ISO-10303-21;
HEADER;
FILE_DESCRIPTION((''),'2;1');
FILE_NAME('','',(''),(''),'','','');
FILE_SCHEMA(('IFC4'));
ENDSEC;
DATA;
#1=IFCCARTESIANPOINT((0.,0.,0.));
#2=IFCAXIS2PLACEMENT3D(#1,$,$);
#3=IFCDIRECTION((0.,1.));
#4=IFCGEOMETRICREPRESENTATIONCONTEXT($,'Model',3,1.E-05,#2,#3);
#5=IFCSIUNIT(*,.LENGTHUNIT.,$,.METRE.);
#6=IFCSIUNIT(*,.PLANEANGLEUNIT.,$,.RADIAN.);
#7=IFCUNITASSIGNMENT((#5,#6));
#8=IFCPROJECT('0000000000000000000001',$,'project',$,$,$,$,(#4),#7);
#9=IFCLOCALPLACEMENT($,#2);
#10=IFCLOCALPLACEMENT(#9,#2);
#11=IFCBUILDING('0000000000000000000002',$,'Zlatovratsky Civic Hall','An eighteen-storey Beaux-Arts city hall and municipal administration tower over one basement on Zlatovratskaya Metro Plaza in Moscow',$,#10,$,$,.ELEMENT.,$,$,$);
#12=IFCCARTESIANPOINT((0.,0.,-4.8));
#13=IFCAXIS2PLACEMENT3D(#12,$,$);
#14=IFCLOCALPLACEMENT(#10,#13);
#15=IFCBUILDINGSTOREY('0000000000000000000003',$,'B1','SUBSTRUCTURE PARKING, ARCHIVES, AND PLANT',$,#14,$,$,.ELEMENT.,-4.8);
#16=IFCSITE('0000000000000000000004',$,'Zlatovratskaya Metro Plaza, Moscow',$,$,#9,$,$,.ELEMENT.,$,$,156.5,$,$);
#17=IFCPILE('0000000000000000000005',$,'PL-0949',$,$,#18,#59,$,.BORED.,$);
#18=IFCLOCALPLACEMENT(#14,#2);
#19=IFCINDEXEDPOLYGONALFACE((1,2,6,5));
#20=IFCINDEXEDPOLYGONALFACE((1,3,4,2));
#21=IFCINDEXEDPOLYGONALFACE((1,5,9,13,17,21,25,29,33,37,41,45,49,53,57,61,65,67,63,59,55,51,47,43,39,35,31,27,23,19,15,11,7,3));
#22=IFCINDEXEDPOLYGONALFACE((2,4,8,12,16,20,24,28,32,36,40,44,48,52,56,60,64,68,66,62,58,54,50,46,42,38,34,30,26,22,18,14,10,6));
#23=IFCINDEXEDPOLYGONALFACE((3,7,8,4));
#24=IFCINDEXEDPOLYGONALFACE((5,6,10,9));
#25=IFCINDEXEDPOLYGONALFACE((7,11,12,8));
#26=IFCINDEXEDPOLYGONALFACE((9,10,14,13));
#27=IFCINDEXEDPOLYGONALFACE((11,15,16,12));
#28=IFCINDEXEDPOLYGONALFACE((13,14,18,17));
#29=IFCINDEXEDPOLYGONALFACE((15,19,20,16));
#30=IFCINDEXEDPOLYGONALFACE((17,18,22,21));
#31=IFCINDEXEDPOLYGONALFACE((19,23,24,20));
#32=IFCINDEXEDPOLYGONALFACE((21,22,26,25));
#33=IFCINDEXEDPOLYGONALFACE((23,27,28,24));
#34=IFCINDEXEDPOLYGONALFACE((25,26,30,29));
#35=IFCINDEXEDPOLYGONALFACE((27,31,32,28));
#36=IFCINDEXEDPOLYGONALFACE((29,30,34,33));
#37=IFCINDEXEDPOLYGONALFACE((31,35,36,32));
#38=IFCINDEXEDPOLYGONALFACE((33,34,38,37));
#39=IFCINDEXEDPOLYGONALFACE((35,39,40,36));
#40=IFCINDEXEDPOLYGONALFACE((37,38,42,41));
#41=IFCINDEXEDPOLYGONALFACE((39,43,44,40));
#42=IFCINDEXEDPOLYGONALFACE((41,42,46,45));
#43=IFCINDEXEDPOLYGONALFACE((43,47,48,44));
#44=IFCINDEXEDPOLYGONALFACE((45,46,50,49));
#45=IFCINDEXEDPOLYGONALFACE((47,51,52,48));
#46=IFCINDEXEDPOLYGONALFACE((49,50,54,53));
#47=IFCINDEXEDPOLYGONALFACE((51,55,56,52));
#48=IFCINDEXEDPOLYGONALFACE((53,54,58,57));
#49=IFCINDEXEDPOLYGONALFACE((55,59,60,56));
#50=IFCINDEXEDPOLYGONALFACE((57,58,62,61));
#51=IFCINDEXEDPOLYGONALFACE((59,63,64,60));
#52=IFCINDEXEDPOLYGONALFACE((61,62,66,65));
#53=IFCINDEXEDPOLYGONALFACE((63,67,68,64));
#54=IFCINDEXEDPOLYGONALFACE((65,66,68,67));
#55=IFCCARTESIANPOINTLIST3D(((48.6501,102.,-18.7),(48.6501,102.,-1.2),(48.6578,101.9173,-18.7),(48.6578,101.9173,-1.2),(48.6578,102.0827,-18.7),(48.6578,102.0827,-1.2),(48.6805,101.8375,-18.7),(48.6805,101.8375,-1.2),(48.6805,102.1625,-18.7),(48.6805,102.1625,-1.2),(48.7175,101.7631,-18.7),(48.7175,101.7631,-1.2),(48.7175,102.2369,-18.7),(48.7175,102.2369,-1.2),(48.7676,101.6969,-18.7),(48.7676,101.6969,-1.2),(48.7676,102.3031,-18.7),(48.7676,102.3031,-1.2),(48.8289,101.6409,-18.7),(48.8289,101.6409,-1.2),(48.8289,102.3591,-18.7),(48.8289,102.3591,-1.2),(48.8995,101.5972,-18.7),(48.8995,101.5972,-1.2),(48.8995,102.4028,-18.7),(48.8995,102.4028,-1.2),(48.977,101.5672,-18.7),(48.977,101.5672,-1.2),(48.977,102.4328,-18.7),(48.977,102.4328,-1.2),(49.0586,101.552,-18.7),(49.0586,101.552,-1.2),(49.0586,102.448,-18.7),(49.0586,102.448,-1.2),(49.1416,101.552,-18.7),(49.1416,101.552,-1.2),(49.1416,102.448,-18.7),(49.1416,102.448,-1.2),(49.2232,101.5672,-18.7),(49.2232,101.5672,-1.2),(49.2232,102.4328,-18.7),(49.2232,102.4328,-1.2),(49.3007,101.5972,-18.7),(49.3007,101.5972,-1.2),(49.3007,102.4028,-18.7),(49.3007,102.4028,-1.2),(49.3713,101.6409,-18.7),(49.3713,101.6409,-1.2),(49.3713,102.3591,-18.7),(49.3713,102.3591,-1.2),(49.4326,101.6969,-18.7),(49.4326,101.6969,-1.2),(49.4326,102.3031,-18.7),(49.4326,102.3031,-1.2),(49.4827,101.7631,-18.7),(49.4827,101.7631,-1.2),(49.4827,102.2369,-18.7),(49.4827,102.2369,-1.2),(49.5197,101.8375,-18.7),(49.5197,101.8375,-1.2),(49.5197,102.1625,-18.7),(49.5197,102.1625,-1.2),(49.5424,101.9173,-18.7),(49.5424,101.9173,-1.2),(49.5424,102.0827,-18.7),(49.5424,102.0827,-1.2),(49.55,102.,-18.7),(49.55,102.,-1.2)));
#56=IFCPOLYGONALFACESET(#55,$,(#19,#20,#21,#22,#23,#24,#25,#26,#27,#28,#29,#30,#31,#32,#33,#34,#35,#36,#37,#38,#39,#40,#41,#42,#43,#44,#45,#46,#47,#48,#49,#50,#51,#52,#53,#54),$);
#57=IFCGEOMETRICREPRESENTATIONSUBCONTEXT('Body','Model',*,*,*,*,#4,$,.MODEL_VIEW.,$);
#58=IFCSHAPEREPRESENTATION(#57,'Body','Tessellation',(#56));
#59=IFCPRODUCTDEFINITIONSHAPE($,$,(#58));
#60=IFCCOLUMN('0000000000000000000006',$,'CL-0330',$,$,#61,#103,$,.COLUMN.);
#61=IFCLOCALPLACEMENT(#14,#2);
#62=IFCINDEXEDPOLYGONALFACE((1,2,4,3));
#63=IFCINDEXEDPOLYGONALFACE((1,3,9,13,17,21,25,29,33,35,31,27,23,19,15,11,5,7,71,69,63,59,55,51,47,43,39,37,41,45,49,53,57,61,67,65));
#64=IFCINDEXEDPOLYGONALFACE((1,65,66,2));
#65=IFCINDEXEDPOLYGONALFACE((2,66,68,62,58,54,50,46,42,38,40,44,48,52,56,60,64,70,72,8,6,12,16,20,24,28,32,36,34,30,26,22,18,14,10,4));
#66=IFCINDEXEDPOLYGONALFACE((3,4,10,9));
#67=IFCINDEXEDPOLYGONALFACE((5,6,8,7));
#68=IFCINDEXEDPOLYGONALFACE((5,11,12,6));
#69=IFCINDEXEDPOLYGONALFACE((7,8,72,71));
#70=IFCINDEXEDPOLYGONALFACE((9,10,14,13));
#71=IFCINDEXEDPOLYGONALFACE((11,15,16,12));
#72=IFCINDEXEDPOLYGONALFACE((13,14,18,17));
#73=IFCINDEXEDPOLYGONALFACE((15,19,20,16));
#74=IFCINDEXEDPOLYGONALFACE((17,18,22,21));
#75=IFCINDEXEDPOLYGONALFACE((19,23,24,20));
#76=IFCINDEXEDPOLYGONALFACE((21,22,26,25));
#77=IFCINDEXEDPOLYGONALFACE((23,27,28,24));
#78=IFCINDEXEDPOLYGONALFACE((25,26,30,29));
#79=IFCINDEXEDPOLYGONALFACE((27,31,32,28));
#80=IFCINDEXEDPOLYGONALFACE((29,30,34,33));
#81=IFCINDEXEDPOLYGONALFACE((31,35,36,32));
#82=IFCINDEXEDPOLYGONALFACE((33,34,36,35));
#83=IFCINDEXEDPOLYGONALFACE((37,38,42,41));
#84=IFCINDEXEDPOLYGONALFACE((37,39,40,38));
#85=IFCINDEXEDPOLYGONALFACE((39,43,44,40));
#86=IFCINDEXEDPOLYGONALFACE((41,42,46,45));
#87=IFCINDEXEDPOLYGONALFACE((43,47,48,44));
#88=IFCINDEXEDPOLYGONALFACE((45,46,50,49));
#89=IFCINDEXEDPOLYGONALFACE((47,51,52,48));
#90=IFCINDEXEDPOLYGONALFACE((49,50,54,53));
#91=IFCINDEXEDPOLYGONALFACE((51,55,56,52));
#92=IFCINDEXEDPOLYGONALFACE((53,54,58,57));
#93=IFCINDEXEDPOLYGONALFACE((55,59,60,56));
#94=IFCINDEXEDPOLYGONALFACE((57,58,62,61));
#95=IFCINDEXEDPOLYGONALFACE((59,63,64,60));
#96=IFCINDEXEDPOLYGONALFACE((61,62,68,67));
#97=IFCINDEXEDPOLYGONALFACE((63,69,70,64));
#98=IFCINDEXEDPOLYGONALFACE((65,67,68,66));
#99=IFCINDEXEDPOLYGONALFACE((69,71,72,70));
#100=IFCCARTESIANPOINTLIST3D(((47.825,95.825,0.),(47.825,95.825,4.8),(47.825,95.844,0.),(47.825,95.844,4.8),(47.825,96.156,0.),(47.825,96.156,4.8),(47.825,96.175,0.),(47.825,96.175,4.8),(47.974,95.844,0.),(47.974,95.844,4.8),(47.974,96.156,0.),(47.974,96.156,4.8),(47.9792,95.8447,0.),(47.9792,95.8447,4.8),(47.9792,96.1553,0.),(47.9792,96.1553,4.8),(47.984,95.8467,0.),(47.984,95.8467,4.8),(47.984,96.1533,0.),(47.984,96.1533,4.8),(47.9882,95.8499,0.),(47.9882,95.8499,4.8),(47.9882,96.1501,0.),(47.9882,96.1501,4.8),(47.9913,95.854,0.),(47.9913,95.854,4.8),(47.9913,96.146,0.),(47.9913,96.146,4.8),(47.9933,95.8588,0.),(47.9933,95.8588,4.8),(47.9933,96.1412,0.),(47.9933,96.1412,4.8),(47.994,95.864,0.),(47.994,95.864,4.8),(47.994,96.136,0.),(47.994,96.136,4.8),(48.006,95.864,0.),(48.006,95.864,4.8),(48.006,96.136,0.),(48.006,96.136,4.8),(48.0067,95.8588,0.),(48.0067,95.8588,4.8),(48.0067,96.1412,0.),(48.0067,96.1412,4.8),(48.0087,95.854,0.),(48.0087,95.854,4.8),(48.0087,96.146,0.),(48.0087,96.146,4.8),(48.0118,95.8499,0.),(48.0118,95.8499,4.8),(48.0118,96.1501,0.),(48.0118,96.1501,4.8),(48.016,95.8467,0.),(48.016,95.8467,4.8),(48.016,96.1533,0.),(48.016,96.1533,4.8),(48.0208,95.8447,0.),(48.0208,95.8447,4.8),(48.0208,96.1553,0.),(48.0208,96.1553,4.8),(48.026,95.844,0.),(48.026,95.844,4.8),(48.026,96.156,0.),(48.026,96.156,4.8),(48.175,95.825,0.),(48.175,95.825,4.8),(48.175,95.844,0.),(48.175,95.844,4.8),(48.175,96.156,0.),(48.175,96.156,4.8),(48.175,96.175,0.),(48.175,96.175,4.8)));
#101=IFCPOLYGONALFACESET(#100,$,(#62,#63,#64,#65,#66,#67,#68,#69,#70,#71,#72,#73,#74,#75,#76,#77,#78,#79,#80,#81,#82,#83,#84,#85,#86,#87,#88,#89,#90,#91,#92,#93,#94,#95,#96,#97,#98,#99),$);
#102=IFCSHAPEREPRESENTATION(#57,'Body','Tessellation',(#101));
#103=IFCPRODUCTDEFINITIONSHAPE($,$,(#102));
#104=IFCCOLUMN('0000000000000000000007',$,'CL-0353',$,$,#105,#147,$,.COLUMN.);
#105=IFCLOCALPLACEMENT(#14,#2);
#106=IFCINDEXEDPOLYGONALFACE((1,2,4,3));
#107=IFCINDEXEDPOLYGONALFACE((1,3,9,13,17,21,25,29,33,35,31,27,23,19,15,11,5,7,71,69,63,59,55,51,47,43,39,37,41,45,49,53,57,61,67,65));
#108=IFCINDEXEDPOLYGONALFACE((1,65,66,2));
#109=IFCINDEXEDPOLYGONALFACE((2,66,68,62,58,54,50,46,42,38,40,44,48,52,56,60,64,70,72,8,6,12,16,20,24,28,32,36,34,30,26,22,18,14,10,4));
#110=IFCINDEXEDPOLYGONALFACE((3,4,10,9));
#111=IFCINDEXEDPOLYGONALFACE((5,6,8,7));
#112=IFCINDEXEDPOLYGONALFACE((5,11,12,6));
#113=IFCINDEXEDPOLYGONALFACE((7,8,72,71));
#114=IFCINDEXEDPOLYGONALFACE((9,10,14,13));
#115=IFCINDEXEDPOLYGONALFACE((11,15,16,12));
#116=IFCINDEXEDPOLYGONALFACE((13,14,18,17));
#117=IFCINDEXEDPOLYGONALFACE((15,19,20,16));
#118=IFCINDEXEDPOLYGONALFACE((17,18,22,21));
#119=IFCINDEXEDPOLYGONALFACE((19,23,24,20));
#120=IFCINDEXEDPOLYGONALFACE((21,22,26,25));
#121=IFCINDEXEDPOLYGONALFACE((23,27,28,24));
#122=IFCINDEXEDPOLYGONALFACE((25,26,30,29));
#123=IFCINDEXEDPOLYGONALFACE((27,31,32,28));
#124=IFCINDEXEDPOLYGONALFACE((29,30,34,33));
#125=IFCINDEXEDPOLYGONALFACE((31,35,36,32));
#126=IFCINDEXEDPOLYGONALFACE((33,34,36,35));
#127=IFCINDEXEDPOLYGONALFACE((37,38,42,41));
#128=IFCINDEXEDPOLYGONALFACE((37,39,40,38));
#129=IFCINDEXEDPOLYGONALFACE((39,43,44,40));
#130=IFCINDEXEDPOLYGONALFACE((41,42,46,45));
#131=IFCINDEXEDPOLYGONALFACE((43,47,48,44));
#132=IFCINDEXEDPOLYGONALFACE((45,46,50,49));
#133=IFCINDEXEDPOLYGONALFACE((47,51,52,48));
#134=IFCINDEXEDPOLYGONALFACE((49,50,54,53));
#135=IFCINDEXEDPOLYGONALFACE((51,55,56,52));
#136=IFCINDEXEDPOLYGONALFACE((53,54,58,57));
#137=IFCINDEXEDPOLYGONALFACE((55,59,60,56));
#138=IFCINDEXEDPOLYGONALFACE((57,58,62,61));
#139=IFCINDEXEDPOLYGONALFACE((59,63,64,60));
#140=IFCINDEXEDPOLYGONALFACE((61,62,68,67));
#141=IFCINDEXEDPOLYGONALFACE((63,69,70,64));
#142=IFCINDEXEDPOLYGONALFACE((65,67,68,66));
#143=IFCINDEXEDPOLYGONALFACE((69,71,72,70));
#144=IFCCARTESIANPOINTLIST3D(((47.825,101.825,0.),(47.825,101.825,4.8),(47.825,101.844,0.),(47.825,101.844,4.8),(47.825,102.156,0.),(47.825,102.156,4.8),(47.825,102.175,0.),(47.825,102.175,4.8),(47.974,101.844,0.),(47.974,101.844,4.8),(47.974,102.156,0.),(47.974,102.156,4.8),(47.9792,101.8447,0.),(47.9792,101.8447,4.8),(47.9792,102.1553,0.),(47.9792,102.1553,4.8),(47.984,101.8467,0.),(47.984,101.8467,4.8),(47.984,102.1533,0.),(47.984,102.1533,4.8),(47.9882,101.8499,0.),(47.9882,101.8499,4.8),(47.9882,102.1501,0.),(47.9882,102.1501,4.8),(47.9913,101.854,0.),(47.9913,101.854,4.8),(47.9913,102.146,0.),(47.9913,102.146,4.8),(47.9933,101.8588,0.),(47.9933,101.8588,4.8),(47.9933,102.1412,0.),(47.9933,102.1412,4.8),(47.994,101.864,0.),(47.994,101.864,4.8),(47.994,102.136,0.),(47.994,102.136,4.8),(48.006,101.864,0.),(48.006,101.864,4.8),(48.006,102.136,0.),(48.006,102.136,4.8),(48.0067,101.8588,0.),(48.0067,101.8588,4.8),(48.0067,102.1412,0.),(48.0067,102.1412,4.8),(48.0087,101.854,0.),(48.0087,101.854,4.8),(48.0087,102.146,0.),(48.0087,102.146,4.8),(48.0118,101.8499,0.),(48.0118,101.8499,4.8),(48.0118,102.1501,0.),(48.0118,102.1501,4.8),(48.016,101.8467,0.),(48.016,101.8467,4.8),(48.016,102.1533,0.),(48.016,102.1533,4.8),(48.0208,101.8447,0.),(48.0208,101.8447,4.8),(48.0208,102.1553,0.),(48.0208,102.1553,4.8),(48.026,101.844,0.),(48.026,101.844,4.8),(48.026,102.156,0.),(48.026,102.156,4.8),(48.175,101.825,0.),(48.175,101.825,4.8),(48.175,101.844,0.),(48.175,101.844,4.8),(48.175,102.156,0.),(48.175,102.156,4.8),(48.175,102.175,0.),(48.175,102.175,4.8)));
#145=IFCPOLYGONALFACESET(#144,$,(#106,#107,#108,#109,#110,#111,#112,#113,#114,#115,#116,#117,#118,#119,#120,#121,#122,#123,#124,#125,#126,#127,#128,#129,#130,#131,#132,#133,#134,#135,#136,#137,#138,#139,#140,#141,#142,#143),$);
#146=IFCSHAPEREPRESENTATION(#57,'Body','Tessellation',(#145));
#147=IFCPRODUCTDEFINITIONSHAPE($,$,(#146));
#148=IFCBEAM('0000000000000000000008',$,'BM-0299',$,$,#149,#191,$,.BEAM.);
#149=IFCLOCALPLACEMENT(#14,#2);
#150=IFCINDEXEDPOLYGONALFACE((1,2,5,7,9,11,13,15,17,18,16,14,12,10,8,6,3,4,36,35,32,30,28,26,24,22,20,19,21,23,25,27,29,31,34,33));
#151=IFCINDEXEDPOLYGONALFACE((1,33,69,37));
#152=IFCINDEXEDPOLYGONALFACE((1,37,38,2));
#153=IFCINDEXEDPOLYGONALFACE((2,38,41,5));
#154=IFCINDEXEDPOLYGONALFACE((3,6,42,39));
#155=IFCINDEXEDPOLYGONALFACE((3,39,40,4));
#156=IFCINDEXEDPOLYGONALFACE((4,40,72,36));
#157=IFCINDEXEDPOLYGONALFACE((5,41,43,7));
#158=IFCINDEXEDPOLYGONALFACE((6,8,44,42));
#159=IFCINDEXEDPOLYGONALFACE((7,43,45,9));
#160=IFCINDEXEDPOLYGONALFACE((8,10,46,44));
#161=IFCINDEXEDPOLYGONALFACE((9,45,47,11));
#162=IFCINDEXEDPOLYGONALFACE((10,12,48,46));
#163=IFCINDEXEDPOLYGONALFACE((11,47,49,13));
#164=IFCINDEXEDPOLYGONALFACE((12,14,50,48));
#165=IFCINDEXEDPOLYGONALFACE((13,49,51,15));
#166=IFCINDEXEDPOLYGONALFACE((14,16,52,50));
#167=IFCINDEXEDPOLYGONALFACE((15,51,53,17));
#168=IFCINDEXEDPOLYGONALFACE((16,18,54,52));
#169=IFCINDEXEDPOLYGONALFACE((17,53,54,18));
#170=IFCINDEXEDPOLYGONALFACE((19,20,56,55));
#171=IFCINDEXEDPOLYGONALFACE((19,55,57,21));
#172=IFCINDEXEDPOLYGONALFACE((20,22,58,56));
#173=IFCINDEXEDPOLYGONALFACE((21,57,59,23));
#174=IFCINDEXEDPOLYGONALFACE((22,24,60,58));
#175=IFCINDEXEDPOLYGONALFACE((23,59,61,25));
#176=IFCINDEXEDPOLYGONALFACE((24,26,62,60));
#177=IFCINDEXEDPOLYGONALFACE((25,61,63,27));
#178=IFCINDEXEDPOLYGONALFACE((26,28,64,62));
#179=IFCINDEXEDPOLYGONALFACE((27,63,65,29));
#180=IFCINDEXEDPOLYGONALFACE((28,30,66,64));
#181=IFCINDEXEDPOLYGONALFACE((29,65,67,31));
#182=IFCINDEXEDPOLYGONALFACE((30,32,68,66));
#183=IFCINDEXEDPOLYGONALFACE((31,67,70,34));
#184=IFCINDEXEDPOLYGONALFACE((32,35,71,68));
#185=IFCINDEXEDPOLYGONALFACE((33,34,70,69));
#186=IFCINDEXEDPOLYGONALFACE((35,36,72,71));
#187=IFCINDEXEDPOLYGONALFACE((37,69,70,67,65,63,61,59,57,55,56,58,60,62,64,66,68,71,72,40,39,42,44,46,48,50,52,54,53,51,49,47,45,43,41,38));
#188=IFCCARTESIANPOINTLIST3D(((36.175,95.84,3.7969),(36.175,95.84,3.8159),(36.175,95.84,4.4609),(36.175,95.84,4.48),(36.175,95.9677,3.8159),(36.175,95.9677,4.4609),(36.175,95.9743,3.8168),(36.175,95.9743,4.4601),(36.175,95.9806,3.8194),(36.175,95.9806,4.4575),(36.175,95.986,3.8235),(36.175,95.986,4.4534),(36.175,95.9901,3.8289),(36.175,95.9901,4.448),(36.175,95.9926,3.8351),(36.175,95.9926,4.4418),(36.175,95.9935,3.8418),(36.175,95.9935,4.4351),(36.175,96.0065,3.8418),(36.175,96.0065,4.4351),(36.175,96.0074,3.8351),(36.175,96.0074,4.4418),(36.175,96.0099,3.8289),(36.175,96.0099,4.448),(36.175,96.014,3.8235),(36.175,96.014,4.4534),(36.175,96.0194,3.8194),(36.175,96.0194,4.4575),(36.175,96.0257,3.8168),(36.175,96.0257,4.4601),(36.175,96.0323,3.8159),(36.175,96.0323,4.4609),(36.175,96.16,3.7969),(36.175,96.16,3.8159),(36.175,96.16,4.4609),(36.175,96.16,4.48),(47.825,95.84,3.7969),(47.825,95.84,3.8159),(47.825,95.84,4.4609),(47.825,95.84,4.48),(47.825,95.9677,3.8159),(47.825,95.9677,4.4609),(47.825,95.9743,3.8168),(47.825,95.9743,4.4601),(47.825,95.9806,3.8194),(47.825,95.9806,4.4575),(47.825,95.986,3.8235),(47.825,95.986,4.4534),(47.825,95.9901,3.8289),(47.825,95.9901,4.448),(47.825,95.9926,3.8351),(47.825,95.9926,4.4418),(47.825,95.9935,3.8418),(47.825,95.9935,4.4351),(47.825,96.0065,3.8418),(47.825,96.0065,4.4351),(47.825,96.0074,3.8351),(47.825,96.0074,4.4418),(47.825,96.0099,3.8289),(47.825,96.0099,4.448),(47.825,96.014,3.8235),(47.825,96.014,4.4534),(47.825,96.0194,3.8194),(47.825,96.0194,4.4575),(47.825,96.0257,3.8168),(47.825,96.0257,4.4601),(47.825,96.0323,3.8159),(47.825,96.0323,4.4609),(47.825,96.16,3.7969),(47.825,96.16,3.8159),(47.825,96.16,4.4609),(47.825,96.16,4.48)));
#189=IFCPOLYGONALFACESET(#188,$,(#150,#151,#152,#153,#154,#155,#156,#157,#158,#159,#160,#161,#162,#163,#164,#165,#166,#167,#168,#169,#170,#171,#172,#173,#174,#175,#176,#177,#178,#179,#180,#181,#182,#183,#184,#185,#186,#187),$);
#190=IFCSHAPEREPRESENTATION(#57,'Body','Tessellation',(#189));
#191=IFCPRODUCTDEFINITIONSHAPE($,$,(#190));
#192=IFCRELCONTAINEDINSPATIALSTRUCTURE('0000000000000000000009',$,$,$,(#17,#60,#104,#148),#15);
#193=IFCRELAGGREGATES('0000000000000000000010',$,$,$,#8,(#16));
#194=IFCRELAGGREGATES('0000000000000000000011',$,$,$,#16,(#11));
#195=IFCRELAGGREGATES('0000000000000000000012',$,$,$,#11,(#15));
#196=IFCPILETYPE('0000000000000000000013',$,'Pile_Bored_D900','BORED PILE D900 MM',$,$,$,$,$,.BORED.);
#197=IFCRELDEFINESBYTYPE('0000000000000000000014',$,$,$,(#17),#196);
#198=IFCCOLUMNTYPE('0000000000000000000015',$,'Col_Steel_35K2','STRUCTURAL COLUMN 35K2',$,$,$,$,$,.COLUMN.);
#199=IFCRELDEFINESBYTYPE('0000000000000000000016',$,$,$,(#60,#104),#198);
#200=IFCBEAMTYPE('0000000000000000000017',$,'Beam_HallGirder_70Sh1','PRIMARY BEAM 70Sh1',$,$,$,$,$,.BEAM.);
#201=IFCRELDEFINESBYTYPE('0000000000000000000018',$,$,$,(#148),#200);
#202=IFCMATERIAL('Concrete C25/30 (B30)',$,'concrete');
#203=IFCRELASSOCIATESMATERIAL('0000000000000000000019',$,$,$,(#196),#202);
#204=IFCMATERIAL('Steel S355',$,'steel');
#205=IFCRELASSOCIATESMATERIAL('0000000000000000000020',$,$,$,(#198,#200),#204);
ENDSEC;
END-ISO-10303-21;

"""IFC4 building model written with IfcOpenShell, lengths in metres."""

from ifc_helpers import new_model, si_unit, direction, frame, origin, origin_2d, place, context, subcontext, project, spatial, circle, i_section, extrude, material, material_profile, profile_set, type_object, element, save


model = new_model("IFC4")

# Units and contexts
model_context = context("Model", 3, precision=1e-05, world=origin(), true_north=direction((0.0, 1.0)))
body_context = subcontext(model_context, "Body", "Model", "MODEL_VIEW")
ifc_project = project(units=[si_unit("LENGTHUNIT", "METRE"), si_unit("PLANEANGLEUNIT", "RADIAN")], contexts=[model_context])

# Site, building, storey
site_placement = place(None, origin())
site = spatial("IfcSite", under=ifc_project, at=site_placement, Name="Zlatovratskaya Metro Plaza, Moscow", CompositionType="ELEMENT", RefElevation=156.5)
building_placement = place(site_placement, origin())
building = spatial("IfcBuilding", under=site, at=building_placement, Name="Zlatovratsky Civic Hall", Description="An eighteen-storey Beaux-Arts city hall and municipal administration tower over one basement on Zlatovratskaya Metro Plaza in Moscow", CompositionType="ELEMENT")
storey_placement = place(building_placement, frame((0.0, 0.0, -4.8)))
storey = spatial("IfcBuildingStorey", under=building, at=storey_placement, Name="B1", Description="SUBSTRUCTURE PARKING, ARCHIVES, AND PLANT", CompositionType="ELEMENT", Elevation=-4.8)

# Shared definitions
ifc_material_1 = material(Name="Concrete C25/30 (B30)", Category="concrete")

# Pile
ifc_material_profile_1 = material_profile(ifc_material_1, circle(Radius=0.45, at=origin_2d()), Name="PILE D900")
ifc_profile_set_1 = profile_set([ifc_material_profile_1], Name="Concrete C25/30 (B30)")
pile_type_1 = type_object("IfcPileType", Name="Pile_Bored_D900", Description="BORED PILE D900 MM", PredefinedType="BORED", material=ifc_profile_set_1)
for number, where, z_axis, x_axis, name in (
    (1, (49.1001, 102.0, -1.2), (0.0, 0.0, -1.0), (1.0, 0.0, 0.0), "PL-0949"),
):
    element("IfcPile", number, at=place(storey_placement, frame(where, z_axis=z_axis, x_axis=x_axis)), inside=storey, type_object=pile_type_1, Name=name, PredefinedType="BORED", context=body_context, shape_type="SweptSolid", body=[
        extrude(circle(Radius=0.45, at=origin_2d()), origin(), (0.0, 0.0, 1.0), 17.5),
    ])

# Columns
ifc_material_2 = material(Name="Steel S355", Category="steel")
ifc_material_profile_2 = material_profile(ifc_material_2, i_section(OverallWidth=0.3501, OverallDepth=0.3501, WebThickness=0.012, FlangeThickness=0.019, FilletRadius=0.02, at=origin_2d()), Name="35K2")
ifc_profile_set_2 = profile_set([ifc_material_profile_2], Name="Steel S355")
column_type = type_object("IfcColumnType", Name="Col_Steel_35K2", Description="STRUCTURAL COLUMN 35K2", PredefinedType="COLUMN", material=ifc_profile_set_2)
for number, where, z_axis, x_axis, name in (
    (2, (48.0, 96.0, 0.0), (0.0, 0.0, 1.0), (1.0, 0.0, 0.0), "CL-0330"),
    (3, (48.0, 102.0, 0.0), (0.0, 0.0, 1.0), (1.0, 0.0, 0.0), "CL-0353"),
):
    element("IfcColumn", number, at=place(storey_placement, frame(where, z_axis=z_axis, x_axis=x_axis)), inside=storey, type_object=column_type, Name=name, PredefinedType="COLUMN", context=body_context, shape_type="SweptSolid", body=[
        extrude(i_section(OverallWidth=0.3501, OverallDepth=0.3501, WebThickness=0.012, FlangeThickness=0.019, FilletRadius=0.02, at=origin_2d()), origin(), (0.0, 0.0, 1.0), 4.8),
    ])

# Beam
ifc_material_profile_3 = material_profile(ifc_material_2, i_section(OverallWidth=0.3201, OverallDepth=0.6831, WebThickness=0.0129, FlangeThickness=0.019, FilletRadius=0.0259, at=origin_2d()), Name="70Sh1")
ifc_profile_set_3 = profile_set([ifc_material_profile_3], Name="Steel S355")
beam_type_1 = type_object("IfcBeamType", Name="Beam_HallGirder_70Sh1", Description="PRIMARY BEAM 70Sh1", PredefinedType="BEAM", material=ifc_profile_set_3)
for number, where, z_axis, x_axis, name in (
    (4, (36.175, 96.0, 4.1384), (1.0, 0.0, 0.0), (0.0, 1.0, 0.0), "BM-0299"),
):
    element("IfcBeam", number, at=place(storey_placement, frame(where, z_axis=z_axis, x_axis=x_axis)), inside=storey, type_object=beam_type_1, Name=name, PredefinedType="BEAM", context=body_context, shape_type="SweptSolid", body=[
        extrude(i_section(OverallWidth=0.3201, OverallDepth=0.6831, WebThickness=0.0129, FlangeThickness=0.019, FilletRadius=0.0259, at=origin_2d()), origin(), (0.0, 0.0, 1.0), 11.6499),
    ])

save(model, "model.ifc")
